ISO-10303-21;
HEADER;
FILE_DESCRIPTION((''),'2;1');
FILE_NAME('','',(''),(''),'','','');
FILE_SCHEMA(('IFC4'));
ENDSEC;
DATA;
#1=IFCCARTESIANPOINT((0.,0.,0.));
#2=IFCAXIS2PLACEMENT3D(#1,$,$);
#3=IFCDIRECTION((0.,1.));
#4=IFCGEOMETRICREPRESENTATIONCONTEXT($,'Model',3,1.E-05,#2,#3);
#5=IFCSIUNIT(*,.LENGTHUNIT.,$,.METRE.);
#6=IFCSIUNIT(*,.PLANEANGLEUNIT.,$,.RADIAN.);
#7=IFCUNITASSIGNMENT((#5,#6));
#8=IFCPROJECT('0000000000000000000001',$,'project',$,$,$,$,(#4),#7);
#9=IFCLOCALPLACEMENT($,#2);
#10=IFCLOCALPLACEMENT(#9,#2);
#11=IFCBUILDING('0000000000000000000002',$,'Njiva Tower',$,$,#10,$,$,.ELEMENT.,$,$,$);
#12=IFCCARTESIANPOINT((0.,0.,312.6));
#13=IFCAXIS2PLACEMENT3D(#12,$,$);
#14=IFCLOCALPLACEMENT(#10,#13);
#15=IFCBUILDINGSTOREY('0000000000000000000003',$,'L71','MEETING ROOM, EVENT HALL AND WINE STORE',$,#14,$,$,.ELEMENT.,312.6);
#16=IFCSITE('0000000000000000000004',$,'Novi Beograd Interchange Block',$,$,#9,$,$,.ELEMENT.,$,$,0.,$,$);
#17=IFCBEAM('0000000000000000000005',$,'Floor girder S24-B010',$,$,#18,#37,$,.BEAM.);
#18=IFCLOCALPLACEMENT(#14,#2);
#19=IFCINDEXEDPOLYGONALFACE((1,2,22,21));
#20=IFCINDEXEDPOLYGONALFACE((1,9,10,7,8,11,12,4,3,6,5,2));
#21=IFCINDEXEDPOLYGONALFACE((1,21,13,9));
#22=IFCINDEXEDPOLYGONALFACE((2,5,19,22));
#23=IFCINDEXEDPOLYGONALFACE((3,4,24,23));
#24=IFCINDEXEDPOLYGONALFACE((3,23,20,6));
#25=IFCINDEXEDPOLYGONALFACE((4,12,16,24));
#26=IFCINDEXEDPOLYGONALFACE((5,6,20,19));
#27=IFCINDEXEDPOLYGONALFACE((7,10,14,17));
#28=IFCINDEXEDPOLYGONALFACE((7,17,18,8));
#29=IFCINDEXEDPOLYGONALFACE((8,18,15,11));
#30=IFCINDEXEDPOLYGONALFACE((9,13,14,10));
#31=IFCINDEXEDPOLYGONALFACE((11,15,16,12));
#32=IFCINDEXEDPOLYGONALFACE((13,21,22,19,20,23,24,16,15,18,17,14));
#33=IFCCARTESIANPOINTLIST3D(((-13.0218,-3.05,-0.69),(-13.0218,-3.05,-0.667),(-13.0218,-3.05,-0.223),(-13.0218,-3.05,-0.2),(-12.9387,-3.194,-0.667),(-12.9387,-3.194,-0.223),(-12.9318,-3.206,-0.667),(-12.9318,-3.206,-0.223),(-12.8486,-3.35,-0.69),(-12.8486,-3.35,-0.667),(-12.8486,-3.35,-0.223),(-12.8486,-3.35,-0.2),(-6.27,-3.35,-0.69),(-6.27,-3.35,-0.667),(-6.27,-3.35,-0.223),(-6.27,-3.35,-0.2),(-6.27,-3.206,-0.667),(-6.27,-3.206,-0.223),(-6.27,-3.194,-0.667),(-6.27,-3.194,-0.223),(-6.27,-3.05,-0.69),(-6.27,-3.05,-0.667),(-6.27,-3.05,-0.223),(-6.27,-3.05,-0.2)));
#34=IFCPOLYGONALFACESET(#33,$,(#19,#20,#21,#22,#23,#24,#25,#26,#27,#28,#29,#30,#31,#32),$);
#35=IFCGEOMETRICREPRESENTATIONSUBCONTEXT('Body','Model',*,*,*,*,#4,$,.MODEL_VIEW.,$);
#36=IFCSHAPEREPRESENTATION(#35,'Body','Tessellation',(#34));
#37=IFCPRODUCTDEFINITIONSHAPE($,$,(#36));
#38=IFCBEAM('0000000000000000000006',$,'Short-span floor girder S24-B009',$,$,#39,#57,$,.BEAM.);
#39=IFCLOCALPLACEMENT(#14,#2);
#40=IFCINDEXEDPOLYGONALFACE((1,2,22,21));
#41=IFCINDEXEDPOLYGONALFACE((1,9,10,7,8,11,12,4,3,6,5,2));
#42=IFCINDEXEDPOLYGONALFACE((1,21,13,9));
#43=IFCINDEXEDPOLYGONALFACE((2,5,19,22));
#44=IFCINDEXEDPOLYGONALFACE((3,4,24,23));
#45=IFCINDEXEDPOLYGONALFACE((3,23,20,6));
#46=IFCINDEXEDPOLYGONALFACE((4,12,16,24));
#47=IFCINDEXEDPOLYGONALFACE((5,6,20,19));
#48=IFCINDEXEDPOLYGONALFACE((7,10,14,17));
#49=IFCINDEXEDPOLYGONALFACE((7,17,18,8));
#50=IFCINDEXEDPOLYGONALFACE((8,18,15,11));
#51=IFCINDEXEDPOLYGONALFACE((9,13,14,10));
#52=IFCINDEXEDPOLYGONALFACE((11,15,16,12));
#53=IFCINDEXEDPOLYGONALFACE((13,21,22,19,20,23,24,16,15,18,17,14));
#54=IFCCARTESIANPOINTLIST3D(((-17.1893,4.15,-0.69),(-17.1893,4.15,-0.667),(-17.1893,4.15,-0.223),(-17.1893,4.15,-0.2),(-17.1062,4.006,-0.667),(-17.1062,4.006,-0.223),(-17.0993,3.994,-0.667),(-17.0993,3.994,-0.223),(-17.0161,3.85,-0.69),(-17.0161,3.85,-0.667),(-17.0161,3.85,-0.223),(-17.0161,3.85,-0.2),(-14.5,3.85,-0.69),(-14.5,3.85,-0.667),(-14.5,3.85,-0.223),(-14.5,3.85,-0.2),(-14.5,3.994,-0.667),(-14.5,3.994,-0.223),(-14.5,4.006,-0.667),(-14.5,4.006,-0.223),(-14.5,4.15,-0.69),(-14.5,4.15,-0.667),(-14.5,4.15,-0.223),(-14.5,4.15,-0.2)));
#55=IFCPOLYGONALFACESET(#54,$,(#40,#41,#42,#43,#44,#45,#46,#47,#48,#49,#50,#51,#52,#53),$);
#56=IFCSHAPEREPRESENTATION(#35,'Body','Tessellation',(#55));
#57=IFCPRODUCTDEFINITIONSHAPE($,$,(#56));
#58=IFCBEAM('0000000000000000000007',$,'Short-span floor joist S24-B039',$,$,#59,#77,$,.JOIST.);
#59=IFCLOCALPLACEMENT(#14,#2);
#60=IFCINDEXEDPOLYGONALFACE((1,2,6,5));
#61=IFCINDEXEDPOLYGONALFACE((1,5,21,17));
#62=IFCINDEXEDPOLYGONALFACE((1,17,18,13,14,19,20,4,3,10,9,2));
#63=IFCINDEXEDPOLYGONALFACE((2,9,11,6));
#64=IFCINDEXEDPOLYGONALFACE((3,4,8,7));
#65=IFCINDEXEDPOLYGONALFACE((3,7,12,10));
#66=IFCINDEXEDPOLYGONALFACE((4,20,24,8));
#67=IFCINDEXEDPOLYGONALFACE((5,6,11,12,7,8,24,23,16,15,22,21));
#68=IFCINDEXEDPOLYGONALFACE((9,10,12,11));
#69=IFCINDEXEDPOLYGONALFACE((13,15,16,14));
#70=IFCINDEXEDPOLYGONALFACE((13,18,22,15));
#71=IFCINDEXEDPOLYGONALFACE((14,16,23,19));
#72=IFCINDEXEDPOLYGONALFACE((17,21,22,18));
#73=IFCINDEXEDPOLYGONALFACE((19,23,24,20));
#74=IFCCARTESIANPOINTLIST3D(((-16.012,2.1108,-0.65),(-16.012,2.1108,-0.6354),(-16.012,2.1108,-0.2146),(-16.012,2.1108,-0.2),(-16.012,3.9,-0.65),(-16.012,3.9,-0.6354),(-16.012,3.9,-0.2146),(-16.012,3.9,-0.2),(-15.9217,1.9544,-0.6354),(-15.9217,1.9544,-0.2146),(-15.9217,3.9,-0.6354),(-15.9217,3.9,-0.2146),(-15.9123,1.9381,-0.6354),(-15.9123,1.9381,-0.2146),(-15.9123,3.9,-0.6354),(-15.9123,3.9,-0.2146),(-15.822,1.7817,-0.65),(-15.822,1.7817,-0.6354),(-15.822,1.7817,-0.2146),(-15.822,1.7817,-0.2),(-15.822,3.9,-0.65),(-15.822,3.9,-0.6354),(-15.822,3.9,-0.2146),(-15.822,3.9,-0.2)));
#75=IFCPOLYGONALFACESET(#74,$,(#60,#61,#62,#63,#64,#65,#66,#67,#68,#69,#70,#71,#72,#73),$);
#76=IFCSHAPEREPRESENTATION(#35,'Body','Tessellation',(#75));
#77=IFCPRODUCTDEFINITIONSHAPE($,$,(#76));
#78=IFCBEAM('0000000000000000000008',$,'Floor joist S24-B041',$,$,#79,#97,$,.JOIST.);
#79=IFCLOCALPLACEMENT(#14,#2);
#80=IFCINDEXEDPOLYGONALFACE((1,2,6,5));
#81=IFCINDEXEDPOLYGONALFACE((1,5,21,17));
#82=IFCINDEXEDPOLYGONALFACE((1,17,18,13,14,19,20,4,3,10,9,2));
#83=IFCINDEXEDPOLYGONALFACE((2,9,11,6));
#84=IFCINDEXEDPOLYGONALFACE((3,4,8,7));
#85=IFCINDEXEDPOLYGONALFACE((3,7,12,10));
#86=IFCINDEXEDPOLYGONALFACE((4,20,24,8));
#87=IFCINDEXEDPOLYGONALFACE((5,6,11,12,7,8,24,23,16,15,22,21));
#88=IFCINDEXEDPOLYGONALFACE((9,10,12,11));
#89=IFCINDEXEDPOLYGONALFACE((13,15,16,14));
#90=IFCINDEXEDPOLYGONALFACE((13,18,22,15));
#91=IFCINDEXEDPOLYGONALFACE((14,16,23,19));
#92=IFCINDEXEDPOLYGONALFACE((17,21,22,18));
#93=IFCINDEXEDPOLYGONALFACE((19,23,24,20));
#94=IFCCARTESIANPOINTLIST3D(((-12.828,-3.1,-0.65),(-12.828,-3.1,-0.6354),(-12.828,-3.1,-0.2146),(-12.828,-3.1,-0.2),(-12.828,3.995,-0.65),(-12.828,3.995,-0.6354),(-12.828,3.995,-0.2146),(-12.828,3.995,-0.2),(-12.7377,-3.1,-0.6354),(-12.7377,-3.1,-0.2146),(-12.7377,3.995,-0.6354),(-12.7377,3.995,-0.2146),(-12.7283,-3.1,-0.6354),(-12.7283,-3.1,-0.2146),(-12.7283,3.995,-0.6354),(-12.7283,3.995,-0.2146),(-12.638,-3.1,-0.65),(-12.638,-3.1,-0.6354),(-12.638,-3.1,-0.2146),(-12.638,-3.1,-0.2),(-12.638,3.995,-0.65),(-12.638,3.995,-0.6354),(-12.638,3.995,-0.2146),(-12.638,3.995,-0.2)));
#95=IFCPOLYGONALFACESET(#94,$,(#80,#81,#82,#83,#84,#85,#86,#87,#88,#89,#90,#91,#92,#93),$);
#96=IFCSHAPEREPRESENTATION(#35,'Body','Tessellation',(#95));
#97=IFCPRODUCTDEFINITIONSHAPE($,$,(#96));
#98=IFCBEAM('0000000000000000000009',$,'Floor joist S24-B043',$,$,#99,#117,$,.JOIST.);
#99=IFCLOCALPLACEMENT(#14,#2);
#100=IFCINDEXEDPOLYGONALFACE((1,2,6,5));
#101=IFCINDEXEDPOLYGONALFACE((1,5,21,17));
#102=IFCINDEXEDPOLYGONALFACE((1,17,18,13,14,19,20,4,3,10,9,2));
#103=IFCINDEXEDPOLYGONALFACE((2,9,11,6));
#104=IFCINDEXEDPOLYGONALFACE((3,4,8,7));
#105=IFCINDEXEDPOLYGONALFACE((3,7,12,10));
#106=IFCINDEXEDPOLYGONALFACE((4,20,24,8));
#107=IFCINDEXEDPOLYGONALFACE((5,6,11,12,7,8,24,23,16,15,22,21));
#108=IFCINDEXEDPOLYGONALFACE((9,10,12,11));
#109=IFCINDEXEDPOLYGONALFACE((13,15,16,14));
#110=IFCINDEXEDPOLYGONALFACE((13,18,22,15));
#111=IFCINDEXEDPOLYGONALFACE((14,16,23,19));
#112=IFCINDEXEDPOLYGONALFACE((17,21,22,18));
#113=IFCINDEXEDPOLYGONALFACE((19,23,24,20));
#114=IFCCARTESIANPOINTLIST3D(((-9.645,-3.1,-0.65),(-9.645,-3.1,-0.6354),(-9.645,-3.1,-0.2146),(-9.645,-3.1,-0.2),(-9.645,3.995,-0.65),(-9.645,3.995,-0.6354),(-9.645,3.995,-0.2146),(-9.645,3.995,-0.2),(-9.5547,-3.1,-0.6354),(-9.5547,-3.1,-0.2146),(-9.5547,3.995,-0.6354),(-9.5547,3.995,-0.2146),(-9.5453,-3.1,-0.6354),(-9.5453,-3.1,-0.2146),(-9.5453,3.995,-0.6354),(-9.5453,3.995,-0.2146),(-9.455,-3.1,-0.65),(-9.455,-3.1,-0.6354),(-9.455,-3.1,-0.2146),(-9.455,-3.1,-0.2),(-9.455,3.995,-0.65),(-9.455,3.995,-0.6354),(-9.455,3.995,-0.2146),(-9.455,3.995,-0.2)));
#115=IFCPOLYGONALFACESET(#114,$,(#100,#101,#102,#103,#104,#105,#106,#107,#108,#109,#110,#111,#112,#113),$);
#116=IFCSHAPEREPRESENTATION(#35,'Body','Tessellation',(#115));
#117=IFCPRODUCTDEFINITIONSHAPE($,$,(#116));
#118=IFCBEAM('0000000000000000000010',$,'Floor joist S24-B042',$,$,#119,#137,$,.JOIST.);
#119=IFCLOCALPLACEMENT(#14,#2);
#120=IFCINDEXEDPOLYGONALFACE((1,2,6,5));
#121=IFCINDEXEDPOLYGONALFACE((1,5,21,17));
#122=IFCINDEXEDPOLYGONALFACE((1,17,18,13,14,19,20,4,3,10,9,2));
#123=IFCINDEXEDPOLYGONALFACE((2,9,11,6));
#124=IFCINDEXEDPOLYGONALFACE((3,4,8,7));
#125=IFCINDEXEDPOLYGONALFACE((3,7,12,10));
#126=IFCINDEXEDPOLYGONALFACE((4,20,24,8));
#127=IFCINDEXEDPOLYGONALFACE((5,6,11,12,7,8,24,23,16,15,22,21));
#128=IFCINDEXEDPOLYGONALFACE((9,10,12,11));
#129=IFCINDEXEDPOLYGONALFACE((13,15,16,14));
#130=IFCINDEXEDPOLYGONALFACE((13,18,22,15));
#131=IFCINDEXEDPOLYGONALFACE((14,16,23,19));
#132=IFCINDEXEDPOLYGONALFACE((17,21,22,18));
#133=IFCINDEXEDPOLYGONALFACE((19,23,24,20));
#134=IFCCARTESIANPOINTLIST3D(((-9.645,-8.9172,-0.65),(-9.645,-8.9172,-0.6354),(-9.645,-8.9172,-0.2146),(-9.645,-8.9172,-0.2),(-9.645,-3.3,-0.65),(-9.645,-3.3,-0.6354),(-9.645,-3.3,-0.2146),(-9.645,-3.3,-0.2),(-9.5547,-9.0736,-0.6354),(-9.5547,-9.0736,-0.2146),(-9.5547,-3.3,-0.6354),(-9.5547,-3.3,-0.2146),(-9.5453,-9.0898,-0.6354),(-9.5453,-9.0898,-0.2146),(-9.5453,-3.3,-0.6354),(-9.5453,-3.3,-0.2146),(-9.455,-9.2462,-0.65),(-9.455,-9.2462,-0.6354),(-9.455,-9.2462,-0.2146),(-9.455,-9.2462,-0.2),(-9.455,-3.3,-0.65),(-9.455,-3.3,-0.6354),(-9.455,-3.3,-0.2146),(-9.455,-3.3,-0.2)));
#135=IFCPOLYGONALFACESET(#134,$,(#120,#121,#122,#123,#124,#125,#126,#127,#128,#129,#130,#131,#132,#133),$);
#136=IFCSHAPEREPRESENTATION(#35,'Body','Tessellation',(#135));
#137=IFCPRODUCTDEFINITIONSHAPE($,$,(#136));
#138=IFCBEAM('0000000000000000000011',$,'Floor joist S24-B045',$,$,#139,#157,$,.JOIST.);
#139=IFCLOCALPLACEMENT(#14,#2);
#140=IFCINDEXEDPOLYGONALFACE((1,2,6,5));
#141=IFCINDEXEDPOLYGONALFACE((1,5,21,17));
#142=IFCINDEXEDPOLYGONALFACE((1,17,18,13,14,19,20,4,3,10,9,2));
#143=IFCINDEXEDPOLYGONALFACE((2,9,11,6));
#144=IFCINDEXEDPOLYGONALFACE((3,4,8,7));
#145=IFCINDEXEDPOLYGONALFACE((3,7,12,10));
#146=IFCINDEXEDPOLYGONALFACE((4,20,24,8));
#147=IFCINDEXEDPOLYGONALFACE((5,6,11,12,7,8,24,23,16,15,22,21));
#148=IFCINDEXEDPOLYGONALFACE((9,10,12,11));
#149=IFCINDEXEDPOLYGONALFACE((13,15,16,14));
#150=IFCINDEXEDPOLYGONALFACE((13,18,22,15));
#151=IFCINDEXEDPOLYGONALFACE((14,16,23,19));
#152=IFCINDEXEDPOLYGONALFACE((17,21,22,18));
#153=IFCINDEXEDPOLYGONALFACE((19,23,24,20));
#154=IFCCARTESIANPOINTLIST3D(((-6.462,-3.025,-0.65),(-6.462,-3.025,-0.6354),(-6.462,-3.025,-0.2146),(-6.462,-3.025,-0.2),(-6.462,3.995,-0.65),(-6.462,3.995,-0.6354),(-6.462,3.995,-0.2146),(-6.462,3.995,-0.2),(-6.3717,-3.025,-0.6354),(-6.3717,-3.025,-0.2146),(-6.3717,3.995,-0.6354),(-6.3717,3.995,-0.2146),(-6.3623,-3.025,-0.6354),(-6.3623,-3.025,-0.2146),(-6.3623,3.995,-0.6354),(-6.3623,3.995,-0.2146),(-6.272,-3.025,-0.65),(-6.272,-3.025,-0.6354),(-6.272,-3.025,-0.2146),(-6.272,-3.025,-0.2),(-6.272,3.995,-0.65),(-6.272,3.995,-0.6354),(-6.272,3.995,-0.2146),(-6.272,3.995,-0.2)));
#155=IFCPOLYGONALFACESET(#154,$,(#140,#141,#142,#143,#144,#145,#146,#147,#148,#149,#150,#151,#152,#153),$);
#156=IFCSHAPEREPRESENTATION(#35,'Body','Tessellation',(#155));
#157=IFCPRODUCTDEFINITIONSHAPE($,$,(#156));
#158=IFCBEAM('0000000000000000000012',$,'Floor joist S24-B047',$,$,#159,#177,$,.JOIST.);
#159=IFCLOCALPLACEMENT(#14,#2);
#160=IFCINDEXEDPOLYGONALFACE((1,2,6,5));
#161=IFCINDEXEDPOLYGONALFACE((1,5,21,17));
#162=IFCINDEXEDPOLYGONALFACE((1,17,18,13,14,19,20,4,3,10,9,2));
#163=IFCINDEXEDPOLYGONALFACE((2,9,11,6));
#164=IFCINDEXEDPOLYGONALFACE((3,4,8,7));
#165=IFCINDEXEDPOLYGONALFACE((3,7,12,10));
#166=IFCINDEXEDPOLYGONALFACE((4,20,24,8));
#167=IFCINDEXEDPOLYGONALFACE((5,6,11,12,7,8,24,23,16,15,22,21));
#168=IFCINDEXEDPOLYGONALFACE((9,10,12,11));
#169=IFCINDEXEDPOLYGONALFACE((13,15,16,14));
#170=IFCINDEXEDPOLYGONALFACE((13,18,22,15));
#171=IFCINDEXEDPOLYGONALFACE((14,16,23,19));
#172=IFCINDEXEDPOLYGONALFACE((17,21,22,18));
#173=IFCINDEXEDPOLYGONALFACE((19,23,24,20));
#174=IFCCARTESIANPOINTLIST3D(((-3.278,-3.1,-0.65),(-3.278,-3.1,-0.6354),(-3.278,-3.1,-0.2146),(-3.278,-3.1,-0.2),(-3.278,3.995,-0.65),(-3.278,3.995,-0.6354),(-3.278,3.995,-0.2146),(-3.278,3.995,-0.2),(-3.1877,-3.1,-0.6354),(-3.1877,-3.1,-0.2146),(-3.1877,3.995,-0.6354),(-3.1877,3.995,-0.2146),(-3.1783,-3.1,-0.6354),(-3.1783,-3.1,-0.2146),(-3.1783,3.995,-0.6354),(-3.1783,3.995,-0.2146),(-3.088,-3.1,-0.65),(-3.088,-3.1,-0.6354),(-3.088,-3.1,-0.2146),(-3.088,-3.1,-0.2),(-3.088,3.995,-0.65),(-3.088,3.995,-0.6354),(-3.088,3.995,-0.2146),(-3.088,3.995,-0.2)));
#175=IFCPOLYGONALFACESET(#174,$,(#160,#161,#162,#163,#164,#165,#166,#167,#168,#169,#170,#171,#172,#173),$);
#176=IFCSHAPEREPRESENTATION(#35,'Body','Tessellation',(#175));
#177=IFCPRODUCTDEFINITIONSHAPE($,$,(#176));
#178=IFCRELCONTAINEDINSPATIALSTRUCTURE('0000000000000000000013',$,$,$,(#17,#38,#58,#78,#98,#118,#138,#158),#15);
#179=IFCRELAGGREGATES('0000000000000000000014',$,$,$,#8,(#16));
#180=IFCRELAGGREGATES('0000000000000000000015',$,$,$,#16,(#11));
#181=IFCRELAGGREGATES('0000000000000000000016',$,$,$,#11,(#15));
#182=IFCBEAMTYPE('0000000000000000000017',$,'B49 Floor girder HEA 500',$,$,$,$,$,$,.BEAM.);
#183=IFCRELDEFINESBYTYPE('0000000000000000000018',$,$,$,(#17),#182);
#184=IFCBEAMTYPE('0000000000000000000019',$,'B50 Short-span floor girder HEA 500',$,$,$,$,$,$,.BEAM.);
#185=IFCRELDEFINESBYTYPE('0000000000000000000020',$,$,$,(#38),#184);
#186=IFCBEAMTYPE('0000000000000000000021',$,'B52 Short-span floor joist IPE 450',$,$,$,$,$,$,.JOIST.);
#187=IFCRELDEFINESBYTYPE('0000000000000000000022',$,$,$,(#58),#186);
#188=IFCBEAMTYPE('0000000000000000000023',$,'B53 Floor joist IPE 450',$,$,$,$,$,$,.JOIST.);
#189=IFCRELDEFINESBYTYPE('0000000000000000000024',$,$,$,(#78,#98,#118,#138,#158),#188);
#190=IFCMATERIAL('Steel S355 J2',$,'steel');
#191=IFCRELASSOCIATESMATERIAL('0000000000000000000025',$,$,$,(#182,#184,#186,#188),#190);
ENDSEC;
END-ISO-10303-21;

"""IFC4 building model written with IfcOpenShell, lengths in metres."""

from ifc_helpers import new_model, si_unit, direction, frame, origin, origin_2d, place, context, subcontext, project, spatial, i_section, extrude, clip, halfspace, material, material_profile, profile_set, type_object, element, save


model = new_model("IFC4")

# Units and contexts
model_context = context("Model", 3, precision=1e-05, world=origin(), true_north=direction((0.0, 1.0)))
body_context = subcontext(model_context, "Body", "Model", "MODEL_VIEW")
ifc_project = project(units=[si_unit("LENGTHUNIT", "METRE"), si_unit("PLANEANGLEUNIT", "RADIAN")], contexts=[model_context])

# Site, building, storey
site_placement = place(None, origin())
site = spatial("IfcSite", under=ifc_project, at=site_placement, Name="Novi Beograd Interchange Block", CompositionType="ELEMENT", RefElevation=0.0)
building_placement = place(site_placement, origin())
building = spatial("IfcBuilding", under=site, at=building_placement, Name="Njiva Tower", CompositionType="ELEMENT")
storey_placement = place(building_placement, frame((0.0, 0.0, 312.6)))
storey = spatial("IfcBuildingStorey", under=building, at=storey_placement, Name="L71", Description="MEETING ROOM, EVENT HALL AND WINE STORE", CompositionType="ELEMENT", Elevation=312.6)

# Shared definitions
ifc_material_1 = material(Name="Steel S355 J2", Category="steel")

# Beams
ifc_material_profile_1 = material_profile(ifc_material_1, i_section(OverallWidth=0.3, OverallDepth=0.49, WebThickness=0.012, FlangeThickness=0.023, at=origin_2d()), Name="HEA 500")
ifc_profile_set_1 = profile_set([ifc_material_profile_1], Name="Steel S355 J2")
beam_type_1 = type_object("IfcBeamType", Name="B49 Floor girder HEA 500", PredefinedType="BEAM", material=ifc_profile_set_1)
beam_1_placement = place(storey_placement, frame((-13.042, -3.2, -0.445), z_axis=(1.0, 0.0, 0.0), x_axis=(0.0, 1.0, 0.0)))
element("IfcBeam", 1, at=beam_1_placement, inside=storey, type_object=beam_type_1, Name="Floor girder S24-B010", PredefinedType="BEAM", context=body_context, shape_type="Clipping", body=[
    clip(extrude(i_section(OverallWidth=0.3, OverallDepth=0.49, WebThickness=0.012, FlangeThickness=0.023, at=origin_2d()), origin(), (0.0, 0.0, 1.0), 6.772), halfspace(frame((-0.025, 0.0, 0.1212), z_axis=(-0.499998, 0.0, -0.866027), x_axis=(0.0, -1.0, 0.0)), False)),
])
ifc_material_profile_2 = material_profile(ifc_material_1, i_section(OverallWidth=0.3, OverallDepth=0.49, WebThickness=0.012, FlangeThickness=0.023, at=origin_2d()), Name="HEA 500")
ifc_profile_set_2 = profile_set([ifc_material_profile_2], Name="Steel S355 J2")
beam_type_2 = type_object("IfcBeamType", Name="B50 Short-span floor girder HEA 500", PredefinedType="BEAM", material=ifc_profile_set_2)
beam_2_placement = place(storey_placement, frame((-17.21, 4.0, -0.445), z_axis=(1.0, 0.0, 0.0), x_axis=(0.0, 1.0, 0.0)))
element("IfcBeam", 2, at=beam_2_placement, inside=storey, type_object=beam_type_2, Name="Short-span floor girder S24-B009", PredefinedType="BEAM", context=body_context, shape_type="Clipping", body=[
    clip(extrude(i_section(OverallWidth=0.3, OverallDepth=0.49, WebThickness=0.012, FlangeThickness=0.023, at=origin_2d()), origin(), (0.0, 0.0, 1.0), 2.71), halfspace(frame((-0.025, 0.0, 0.1217), z_axis=(-0.499998, 0.0, -0.866027), x_axis=(0.0, -1.0, 0.0)), False)),
])
ifc_material_profile_3 = material_profile(ifc_material_1, i_section(OverallWidth=0.19, OverallDepth=0.45, WebThickness=0.0094, FlangeThickness=0.0146, at=origin_2d()), Name="IPE 450")
ifc_profile_set_3 = profile_set([ifc_material_profile_3], Name="Steel S355 J2")
beam_type_3 = type_object("IfcBeamType", Name="B52 Short-span floor joist IPE 450", PredefinedType="JOIST", material=ifc_profile_set_3)
beam_3_placement = place(storey_placement, frame((-15.917, 3.9, -0.425), z_axis=(0.0, -1.0, 0.0), x_axis=(1.0, 0.0, 0.0)))
element("IfcBeam", 3, at=beam_3_placement, inside=storey, type_object=beam_type_3, Name="Short-span floor joist S24-B039", PredefinedType="JOIST", context=body_context, shape_type="Clipping", body=[
    clip(extrude(i_section(OverallWidth=0.19, OverallDepth=0.45, WebThickness=0.0094, FlangeThickness=0.0146, at=origin_2d()), origin(), (0.0, 0.0, 1.0), 2.139), halfspace(frame((-0.043, 0.0, 1.8793), z_axis=(-0.866027, 0.0, 0.499998), x_axis=(0.0, 1.0, 0.0)), False)),
])
ifc_material_profile_4 = material_profile(ifc_material_1, i_section(OverallWidth=0.19, OverallDepth=0.45, WebThickness=0.0094, FlangeThickness=0.0146, at=origin_2d()), Name="IPE 450")
ifc_profile_set_4 = profile_set([ifc_material_profile_4], Name="Steel S355 J2")
beam_type_4 = type_object("IfcBeamType", Name="B53 Floor joist IPE 450", PredefinedType="JOIST", material=ifc_profile_set_4)
for number, where, z_axis, x_axis, name in (
    (4, (-12.733, 3.995, -0.425), (0.0, -1.0, 0.0), (1.0, 0.0, 0.0), "Floor joist S24-B041"),
    (5, (-9.55, 3.995, -0.425), (0.0, -1.0, 0.0), (1.0, 0.0, 0.0), "Floor joist S24-B043"),
):
    element("IfcBeam", number, at=place(storey_placement, frame(where, z_axis=z_axis, x_axis=x_axis)), inside=storey, type_object=beam_type_4, Name=name, PredefinedType="JOIST", context=body_context, shape_type="SweptSolid", body=[
        extrude(i_section(OverallWidth=0.19, OverallDepth=0.45, WebThickness=0.0094, FlangeThickness=0.0146, at=origin_2d()), origin(), (0.0, 0.0, 1.0), 7.095),
    ])
beam_4_placement = place(storey_placement, frame((-9.55, -3.3, -0.425), z_axis=(0.0, -1.0, 0.0), x_axis=(1.0, 0.0, 0.0)))
element("IfcBeam", 6, at=beam_4_placement, inside=storey, type_object=beam_type_4, Name="Floor joist S24-B042", PredefinedType="JOIST", context=body_context, shape_type="Clipping", body=[
    clip(extrude(i_section(OverallWidth=0.19, OverallDepth=0.45, WebThickness=0.0094, FlangeThickness=0.0146, at=origin_2d()), origin(), (0.0, 0.0, 1.0), 5.967), halfspace(frame((-0.0433, 0.0, 5.7067), z_axis=(-0.866027, 0.0, 0.499998), x_axis=(0.0, 1.0, 0.0)), False)),
])
beam_5_placement = place(storey_placement, frame((-6.367, 3.995, -0.425), z_axis=(0.0, -1.0, 0.0), x_axis=(1.0, 0.0, 0.0)))
element("IfcBeam", 7, at=beam_5_placement, inside=storey, type_object=beam_type_4, Name="Floor joist S24-B045", PredefinedType="JOIST", context=body_context, shape_type="SweptSolid", body=[
    extrude(i_section(OverallWidth=0.19, OverallDepth=0.45, WebThickness=0.0094, FlangeThickness=0.0146, at=origin_2d()), origin(), (0.0, 0.0, 1.0), 7.02),
])
beam_6_placement = place(storey_placement, frame((-3.183, 3.995, -0.425), z_axis=(0.0, -1.0, 0.0), x_axis=(1.0, 0.0, 0.0)))
element("IfcBeam", 8, at=beam_6_placement, inside=storey, type_object=beam_type_4, Name="Floor joist S24-B047", PredefinedType="JOIST", context=body_context, shape_type="SweptSolid", body=[
    extrude(i_section(OverallWidth=0.19, OverallDepth=0.45, WebThickness=0.0094, FlangeThickness=0.0146, at=origin_2d()), origin(), (0.0, 0.0, 1.0), 7.095),
])

save(model, "model.ifc")
